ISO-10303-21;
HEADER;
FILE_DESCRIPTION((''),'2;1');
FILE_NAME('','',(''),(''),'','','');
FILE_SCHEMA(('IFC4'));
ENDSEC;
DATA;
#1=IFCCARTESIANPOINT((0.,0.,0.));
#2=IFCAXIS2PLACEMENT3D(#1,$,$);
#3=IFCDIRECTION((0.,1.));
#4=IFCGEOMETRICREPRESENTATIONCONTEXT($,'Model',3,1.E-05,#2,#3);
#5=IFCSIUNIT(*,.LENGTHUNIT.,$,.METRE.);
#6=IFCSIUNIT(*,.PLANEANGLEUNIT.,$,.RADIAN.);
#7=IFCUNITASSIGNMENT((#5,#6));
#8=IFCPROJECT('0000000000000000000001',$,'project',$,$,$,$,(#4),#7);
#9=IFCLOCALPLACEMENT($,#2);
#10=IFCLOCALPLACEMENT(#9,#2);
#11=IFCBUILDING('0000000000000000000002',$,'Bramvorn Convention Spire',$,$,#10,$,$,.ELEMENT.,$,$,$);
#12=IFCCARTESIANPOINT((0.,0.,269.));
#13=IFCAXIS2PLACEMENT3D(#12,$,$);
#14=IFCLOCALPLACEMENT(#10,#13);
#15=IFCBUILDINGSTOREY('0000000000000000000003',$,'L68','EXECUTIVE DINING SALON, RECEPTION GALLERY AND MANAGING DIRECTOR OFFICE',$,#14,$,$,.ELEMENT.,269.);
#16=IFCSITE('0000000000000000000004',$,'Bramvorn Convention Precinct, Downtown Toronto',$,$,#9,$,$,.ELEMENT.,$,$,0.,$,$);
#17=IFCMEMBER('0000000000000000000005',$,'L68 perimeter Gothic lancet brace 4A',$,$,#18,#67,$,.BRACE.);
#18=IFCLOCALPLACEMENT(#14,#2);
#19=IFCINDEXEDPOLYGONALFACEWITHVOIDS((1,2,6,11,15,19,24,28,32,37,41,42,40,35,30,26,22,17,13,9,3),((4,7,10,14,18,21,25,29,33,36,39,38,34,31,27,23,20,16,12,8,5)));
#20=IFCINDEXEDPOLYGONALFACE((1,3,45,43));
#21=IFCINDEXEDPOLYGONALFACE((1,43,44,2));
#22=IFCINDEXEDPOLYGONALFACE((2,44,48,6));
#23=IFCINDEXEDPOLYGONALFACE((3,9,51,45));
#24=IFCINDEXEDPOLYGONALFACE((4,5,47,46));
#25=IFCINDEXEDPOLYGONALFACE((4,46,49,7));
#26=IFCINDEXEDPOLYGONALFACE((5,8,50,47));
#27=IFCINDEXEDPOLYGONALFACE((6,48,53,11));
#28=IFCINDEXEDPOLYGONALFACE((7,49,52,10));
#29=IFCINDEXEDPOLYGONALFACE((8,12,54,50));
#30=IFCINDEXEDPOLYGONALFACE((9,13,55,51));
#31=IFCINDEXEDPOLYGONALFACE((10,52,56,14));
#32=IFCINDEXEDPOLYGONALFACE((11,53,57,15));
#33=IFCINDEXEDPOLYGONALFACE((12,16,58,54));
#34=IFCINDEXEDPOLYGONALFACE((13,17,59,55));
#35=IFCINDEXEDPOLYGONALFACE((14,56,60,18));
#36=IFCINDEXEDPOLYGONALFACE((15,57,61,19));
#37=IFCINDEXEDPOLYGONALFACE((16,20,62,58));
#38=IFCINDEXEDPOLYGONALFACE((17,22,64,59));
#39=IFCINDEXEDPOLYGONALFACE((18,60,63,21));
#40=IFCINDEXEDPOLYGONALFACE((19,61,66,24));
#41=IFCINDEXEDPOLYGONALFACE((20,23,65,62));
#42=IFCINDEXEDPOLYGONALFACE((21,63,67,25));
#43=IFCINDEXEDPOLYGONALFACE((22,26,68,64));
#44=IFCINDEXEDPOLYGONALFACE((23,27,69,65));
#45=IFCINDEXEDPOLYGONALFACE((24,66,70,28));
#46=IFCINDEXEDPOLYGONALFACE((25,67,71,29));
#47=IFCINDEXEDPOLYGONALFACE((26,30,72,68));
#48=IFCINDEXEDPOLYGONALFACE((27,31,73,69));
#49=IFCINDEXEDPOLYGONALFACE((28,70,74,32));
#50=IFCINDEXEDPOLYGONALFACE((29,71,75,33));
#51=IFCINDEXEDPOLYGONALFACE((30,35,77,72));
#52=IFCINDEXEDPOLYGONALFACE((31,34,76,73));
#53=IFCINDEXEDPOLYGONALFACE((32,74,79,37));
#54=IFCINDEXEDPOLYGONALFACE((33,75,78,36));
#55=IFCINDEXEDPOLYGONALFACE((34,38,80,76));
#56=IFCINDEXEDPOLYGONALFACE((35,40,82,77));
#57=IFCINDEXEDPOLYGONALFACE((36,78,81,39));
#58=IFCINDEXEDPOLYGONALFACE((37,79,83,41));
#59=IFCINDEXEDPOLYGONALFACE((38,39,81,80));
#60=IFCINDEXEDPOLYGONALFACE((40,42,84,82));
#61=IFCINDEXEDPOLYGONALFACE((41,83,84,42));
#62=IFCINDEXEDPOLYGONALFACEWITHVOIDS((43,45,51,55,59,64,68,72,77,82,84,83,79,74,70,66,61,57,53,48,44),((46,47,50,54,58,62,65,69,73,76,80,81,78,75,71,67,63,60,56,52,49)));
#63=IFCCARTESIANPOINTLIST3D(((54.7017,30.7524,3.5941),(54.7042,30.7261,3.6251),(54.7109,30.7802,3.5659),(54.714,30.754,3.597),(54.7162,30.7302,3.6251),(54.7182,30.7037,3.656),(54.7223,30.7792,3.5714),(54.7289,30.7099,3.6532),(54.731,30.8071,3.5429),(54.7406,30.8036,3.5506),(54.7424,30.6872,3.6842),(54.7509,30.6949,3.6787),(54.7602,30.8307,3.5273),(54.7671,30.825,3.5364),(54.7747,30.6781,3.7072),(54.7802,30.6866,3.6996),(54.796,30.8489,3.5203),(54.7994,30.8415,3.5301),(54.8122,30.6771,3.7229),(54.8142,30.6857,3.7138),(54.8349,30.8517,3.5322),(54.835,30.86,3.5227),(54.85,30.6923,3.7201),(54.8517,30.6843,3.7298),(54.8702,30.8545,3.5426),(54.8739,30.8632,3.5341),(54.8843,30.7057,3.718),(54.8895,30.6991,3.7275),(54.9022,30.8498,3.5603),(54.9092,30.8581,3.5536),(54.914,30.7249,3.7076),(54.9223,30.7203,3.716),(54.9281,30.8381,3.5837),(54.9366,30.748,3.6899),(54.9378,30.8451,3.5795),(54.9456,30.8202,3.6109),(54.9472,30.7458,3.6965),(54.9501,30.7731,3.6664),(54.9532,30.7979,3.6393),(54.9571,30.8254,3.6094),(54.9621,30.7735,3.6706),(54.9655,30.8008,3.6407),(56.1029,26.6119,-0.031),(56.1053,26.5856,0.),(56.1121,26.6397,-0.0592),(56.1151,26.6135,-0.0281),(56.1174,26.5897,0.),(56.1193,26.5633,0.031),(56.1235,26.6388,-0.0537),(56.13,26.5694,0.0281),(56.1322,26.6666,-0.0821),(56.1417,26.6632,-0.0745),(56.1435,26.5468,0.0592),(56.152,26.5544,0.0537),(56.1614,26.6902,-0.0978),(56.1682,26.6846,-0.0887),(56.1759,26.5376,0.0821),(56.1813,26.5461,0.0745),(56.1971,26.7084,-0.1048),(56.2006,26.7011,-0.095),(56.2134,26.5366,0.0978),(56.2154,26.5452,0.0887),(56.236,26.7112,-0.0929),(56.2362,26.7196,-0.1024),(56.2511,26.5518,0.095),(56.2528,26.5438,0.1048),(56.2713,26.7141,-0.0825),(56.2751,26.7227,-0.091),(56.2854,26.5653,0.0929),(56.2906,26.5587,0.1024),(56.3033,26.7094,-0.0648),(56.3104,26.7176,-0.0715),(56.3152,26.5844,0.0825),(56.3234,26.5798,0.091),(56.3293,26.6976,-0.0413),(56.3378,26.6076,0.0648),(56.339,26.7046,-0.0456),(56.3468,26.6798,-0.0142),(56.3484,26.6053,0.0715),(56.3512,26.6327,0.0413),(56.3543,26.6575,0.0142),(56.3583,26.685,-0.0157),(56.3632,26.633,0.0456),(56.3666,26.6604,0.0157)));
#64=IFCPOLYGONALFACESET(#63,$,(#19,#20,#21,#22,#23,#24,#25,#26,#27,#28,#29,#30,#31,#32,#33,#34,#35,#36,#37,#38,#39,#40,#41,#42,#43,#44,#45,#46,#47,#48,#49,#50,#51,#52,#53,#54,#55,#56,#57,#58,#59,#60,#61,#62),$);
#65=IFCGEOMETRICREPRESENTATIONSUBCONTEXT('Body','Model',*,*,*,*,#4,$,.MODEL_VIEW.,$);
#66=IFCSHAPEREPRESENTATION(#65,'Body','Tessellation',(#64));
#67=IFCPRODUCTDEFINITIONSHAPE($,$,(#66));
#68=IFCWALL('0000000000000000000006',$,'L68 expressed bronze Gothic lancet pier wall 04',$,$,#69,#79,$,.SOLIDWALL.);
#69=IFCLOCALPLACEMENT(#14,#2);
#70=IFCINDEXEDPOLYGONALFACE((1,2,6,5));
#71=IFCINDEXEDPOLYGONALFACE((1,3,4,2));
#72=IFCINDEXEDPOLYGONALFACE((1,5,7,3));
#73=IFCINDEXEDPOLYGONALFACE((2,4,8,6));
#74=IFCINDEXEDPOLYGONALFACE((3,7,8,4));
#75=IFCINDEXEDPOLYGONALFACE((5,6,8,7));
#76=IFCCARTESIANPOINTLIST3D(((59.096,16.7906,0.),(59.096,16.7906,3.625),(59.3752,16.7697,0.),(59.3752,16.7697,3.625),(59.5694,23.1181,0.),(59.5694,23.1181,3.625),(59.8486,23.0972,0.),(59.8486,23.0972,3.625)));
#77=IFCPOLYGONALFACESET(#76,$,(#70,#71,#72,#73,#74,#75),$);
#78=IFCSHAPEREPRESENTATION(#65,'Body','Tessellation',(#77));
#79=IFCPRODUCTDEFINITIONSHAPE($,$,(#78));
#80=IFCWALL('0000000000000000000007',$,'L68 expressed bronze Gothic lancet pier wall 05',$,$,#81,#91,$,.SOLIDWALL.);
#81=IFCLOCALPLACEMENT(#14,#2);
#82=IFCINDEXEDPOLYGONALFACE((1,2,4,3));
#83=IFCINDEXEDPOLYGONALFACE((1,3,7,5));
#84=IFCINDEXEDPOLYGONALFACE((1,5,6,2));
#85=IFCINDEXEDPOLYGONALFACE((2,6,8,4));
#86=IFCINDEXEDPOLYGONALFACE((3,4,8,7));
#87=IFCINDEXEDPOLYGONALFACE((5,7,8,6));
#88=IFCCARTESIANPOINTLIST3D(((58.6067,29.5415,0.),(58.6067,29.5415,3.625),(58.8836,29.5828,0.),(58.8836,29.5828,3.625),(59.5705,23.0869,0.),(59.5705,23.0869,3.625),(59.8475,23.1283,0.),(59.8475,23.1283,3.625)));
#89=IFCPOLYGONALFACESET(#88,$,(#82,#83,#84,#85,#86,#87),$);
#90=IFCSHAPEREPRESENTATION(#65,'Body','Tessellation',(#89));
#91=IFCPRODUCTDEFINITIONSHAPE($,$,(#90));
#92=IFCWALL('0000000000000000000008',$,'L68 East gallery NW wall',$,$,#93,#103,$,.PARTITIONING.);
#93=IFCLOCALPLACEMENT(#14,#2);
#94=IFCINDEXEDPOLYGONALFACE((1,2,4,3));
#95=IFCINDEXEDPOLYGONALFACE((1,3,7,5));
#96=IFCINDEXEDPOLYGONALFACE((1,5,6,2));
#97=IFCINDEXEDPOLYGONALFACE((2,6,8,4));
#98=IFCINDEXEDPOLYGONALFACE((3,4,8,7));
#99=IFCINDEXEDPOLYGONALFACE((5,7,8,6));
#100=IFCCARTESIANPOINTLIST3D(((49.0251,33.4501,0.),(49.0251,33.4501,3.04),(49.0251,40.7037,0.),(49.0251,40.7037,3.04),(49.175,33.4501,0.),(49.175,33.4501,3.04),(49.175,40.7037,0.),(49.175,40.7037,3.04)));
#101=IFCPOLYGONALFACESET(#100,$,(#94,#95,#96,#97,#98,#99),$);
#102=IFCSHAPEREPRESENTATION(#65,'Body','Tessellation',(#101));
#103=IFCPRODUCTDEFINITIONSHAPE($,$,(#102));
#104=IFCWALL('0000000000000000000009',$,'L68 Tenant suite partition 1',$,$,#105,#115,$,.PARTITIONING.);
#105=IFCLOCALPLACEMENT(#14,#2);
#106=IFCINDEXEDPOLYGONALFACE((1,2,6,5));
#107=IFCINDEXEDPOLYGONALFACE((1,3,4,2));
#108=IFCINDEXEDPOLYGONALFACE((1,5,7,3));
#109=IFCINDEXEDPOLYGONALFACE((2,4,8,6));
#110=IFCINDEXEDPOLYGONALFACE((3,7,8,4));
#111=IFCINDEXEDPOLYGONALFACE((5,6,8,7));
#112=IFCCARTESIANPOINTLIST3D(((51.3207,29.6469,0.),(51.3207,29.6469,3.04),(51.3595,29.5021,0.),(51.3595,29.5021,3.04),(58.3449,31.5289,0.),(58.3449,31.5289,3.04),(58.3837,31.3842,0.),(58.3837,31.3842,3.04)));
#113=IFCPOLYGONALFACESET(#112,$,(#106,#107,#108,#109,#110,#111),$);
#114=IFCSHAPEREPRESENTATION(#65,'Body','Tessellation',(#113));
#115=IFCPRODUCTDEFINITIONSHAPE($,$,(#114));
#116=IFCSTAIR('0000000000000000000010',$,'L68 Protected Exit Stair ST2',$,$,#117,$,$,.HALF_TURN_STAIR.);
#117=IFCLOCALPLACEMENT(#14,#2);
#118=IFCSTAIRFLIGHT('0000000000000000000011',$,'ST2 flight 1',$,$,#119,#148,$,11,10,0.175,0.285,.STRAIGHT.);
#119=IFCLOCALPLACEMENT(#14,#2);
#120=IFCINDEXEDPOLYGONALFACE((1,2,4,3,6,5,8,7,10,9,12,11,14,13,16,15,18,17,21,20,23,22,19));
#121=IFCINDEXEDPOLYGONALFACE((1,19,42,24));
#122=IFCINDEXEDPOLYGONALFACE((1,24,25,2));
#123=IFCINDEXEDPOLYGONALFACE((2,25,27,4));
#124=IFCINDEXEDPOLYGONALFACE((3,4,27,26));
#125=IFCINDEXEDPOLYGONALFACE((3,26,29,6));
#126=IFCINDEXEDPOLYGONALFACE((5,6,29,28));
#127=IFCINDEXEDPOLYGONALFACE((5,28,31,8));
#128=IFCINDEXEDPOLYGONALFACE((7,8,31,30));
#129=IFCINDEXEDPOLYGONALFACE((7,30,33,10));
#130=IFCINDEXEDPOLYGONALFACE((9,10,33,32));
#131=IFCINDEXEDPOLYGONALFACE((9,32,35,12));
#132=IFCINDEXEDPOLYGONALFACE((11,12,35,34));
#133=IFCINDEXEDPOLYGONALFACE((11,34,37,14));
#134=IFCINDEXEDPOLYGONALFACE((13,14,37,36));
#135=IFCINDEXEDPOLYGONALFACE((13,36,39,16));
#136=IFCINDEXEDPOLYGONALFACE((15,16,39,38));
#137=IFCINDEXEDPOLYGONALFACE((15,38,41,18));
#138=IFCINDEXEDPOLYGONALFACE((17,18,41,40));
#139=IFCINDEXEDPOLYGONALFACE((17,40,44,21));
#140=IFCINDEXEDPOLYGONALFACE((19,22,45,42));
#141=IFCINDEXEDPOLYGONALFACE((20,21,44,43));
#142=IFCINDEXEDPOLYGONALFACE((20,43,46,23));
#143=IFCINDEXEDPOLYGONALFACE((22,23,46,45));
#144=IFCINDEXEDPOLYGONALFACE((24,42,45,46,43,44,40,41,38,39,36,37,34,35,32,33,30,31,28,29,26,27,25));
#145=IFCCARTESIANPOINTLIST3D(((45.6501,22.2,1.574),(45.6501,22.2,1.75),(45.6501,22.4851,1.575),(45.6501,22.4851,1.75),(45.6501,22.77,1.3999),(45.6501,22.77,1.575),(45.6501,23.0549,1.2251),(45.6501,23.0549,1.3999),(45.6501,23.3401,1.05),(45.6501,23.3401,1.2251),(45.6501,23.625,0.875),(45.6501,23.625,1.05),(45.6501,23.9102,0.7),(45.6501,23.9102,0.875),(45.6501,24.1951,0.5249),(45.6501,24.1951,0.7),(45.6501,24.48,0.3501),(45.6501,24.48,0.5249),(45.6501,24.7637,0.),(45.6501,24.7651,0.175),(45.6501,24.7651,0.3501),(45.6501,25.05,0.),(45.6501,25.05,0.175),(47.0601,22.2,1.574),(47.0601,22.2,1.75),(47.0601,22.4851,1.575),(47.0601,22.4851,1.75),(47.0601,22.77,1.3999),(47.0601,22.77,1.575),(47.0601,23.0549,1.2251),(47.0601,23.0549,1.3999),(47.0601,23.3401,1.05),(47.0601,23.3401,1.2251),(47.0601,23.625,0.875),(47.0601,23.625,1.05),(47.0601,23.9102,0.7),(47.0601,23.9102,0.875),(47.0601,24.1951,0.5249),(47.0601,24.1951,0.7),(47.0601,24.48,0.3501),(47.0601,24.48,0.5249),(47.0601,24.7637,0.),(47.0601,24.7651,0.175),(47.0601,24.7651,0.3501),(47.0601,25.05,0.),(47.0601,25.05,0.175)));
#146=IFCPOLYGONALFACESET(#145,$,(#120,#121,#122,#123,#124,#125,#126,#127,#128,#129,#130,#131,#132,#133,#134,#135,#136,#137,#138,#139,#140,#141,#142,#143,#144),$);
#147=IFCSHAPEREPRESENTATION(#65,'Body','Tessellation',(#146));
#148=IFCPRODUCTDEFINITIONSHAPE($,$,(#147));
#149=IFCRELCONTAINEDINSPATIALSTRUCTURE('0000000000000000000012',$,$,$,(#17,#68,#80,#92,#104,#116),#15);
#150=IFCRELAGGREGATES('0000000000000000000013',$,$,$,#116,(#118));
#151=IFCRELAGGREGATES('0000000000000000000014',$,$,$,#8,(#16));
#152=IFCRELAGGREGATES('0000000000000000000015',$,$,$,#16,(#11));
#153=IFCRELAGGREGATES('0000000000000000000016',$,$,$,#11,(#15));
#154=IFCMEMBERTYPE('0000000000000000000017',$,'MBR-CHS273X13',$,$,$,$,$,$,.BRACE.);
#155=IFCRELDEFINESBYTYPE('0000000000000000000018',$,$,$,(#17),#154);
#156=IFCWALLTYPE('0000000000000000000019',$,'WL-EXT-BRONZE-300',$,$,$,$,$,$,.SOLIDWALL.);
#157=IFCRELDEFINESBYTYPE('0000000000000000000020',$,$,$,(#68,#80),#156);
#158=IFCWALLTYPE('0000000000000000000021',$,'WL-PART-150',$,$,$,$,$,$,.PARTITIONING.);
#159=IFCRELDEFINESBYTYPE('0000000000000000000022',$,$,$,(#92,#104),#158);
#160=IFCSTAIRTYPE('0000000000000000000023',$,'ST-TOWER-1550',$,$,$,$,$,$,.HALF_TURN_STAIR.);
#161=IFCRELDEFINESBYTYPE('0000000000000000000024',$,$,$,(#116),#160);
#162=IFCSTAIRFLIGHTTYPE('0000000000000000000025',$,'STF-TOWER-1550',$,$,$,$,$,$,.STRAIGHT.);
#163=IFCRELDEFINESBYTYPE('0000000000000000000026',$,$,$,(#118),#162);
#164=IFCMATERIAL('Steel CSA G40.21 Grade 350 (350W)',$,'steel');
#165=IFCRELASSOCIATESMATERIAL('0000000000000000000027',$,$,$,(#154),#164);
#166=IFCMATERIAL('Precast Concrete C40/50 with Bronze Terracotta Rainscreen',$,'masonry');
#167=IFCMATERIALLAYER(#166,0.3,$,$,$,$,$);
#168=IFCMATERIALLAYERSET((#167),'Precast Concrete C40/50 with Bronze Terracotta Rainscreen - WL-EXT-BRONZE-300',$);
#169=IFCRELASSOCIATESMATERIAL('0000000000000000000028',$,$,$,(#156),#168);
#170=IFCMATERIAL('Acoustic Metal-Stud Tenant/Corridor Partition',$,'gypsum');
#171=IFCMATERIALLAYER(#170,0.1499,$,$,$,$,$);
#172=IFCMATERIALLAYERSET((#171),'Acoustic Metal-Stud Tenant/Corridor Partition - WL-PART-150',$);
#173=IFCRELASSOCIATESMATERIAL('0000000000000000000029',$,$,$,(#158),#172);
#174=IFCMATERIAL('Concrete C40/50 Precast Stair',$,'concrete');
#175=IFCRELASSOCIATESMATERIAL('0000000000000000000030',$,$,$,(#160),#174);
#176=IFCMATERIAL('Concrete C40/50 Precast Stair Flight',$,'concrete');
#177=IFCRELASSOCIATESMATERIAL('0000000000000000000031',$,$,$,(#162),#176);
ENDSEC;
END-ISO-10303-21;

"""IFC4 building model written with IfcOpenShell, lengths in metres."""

from ifc_helpers import new_model, si_unit, direction, frame, frame_2d, origin, origin_2d, place, context, subcontext, project, spatial, polyline, rectangle, hollow_circle, outline, extrude, material, layer, layer_set, material_profile, profile_set, type_object, element, aggregate, save


model = new_model("IFC4")

# Units and contexts
model_context = context("Model", 3, precision=1e-05, world=origin(), true_north=direction((0.0, 1.0)))
body_context = subcontext(model_context, "Body", "Model", "MODEL_VIEW")
ifc_project = project(units=[si_unit("LENGTHUNIT", "METRE"), si_unit("PLANEANGLEUNIT", "RADIAN")], contexts=[model_context])

# Site, building, storey
site_placement = place(None, origin())
site = spatial("IfcSite", under=ifc_project, at=site_placement, Name="Bramvorn Convention Precinct, Downtown Toronto", CompositionType="ELEMENT", RefElevation=0.0)
building_placement = place(site_placement, origin())
building = spatial("IfcBuilding", under=site, at=building_placement, Name="Bramvorn Convention Spire", CompositionType="ELEMENT")
storey_placement = place(building_placement, frame((0.0, 0.0, 269.0)))
storey = spatial("IfcBuildingStorey", under=building, at=storey_placement, Name="L68", Description="EXECUTIVE DINING SALON, RECEPTION GALLERY AND MANAGING DIRECTOR OFFICE", CompositionType="ELEMENT", Elevation=269.0)

# Shared definitions
ifc_material_1 = material(Name="Steel CSA G40.21 Grade 350 (350W)", Category="steel")

# Member
ifc_material_profile_1 = material_profile(ifc_material_1, hollow_circle(Radius=0.1365, WallThickness=0.0127, at=origin_2d()))
ifc_profile_set_1 = profile_set([ifc_material_profile_1], Name="Steel CSA G40.21 Grade 350 (350W) - CHS273X13")
member_type = type_object("IfcMemberType", Name="MBR-CHS273X13", PredefinedType="BRACE", material=ifc_profile_set_1)
member_placement = place(storey_placement, frame((56.2346, 26.6294, 0.0), z_axis=(-0.246737, 0.72912, 0.638361), x_axis=(-0.947232, -0.320548, 0.0)))
element("IfcMember", 1, at=member_placement, inside=storey, type_object=member_type, Name="L68 perimeter Gothic lancet brace 4A", PredefinedType="BRACE", context=body_context, shape_type="SweptSolid", body=[
    extrude(hollow_circle(Radius=0.1365, WallThickness=0.0127, at=origin_2d()), origin(), (0.0, 0.0, 1.0), 5.6787),
])

# Walls
ifc_material_2 = material(Name="Precast Concrete C40/50 with Bronze Terracotta Rainscreen", Category="masonry")
ifc_layer_1 = layer(ifc_material_2, 0.3)
ifc_layer_set_1 = layer_set([ifc_layer_1], Name="Precast Concrete C40/50 with Bronze Terracotta Rainscreen - WL-EXT-BRONZE-300")
wall_type_1 = type_object("IfcWallType", Name="WL-EXT-BRONZE-300", PredefinedType="SOLIDWALL", material=ifc_layer_set_1)
wall_1_placement = place(storey_placement, frame((59.709, 23.1077, 0.0), z_axis=(0.0, 0.0, 1.0), x_axis=(-0.074604, -0.997213, 0.0)))
element("IfcWall", 2, at=wall_1_placement, inside=storey, type_object=wall_type_1, Name="L68 expressed bronze Gothic lancet pier wall 04", PredefinedType="SOLIDWALL", context=body_context, shape_type="SweptSolid", body=[
    extrude(rectangle(XDim=6.3452, YDim=0.28, at=frame_2d((3.1726, 0.0))), origin(), (0.0, 0.0, 1.0), 3.625),
])
wall_2_placement = place(storey_placement, frame((58.7451, 29.5623, 0.0), z_axis=(0.0, 0.0, 1.0), x_axis=(0.147693, -0.989033, 0.0)))
element("IfcWall", 3, at=wall_2_placement, inside=storey, type_object=wall_type_1, Name="L68 expressed bronze Gothic lancet pier wall 05", PredefinedType="SOLIDWALL", context=body_context, shape_type="SweptSolid", body=[
    extrude(rectangle(XDim=6.5261, YDim=0.28, at=frame_2d((3.2632, 0.0))), origin(), (0.0, 0.0, 1.0), 3.625),
])
ifc_material_3 = material(Name="Acoustic Metal-Stud Tenant/Corridor Partition", Category="gypsum")
ifc_layer_2 = layer(ifc_material_3, 0.1499)
ifc_layer_set_2 = layer_set([ifc_layer_2], Name="Acoustic Metal-Stud Tenant/Corridor Partition - WL-PART-150")
wall_type_2 = type_object("IfcWallType", Name="WL-PART-150", PredefinedType="PARTITIONING", material=ifc_layer_set_2)
wall_3_placement = place(storey_placement, frame((49.1001, 33.45, 0.0), z_axis=(0.0, 0.0, 1.0), x_axis=(0.0, 1.0, 0.0)))
element("IfcWall", 4, at=wall_3_placement, inside=storey, type_object=wall_type_2, Name="L68 East gallery NW wall", PredefinedType="PARTITIONING", context=body_context, shape_type="SweptSolid", body=[
    extrude(rectangle(XDim=7.2537, YDim=0.1499, at=frame_2d((3.627, 0.0))), origin(), (0.0, 0.0, 1.0), 3.04),
])
wall_4_placement = place(storey_placement, frame((51.3401, 29.5745, 0.0), z_axis=(0.0, 0.0, 1.0), x_axis=(0.965927, 0.258814, 0.0)))
element("IfcWall", 5, at=wall_4_placement, inside=storey, type_object=wall_type_2, Name="L68 Tenant suite partition 1", PredefinedType="PARTITIONING", context=body_context, shape_type="SweptSolid", body=[
    extrude(rectangle(XDim=7.272, YDim=0.1499, at=frame_2d((3.636, 0.0))), origin(), (0.0, 0.0, 1.0), 3.04),
])

# Stair, stair flight
ifc_material_4 = material(Name="Concrete C40/50 Precast Stair", Category="concrete")
stair_type = type_object("IfcStairType", Name="ST-TOWER-1550", PredefinedType="HALF_TURN_STAIR", material=ifc_material_4)
stair_placement = place(storey_placement, origin())
stair = element("IfcStair", 6, at=stair_placement, inside=storey, type_object=stair_type, Name="L68 Protected Exit Stair ST2", PredefinedType="HALF_TURN_STAIR")
ifc_material_5 = material(Name="Concrete C40/50 Precast Stair Flight", Category="concrete")
stair_flight_type = type_object("IfcStairFlightType", Name="STF-TOWER-1550", PredefinedType="STRAIGHT", material=ifc_material_5)
stair_flight_placement = place(storey_placement, frame((46.355, 25.05, 0.0), z_axis=(0.0, 0.0, 1.0), x_axis=(0.0, -1.0, 0.0)))
stair_flight = element("IfcStairFlight", 7, at=stair_flight_placement, type_object=stair_flight_type, Name="ST2 flight 1", NumberOfRisers=11, NumberOfTreads=10, PredefinedType="STRAIGHT", RiserHeight=0.175, TreadLength=0.285, context=body_context, shape_type="SweptSolid", body=[
    extrude(outline(polyline([(0.0, 0.0), (0.0, 0.175), (0.2849, 0.175), (0.2849, 0.3501), (0.5701, 0.3501), (0.5701, 0.5249), (0.855, 0.5249), (0.855, 0.7), (1.1399, 0.7), (1.1399, 0.875), (1.425, 0.875), (1.425, 1.05), (1.71, 1.05), (1.71, 1.2251), (1.9951, 1.2251), (1.9951, 1.3999), (2.28, 1.3999), (2.28, 1.575), (2.5649, 1.575), (2.5649, 1.75), (2.8501, 1.75), (2.8501, 1.925), (2.8501, 1.574), (0.2864, 0.0), (0.0, 0.0)])), frame((0.0, 0.7051, 0.0), z_axis=(0.0, -1.0, 0.0), x_axis=(1.0, 0.0, 0.0)), (0.0, 0.0, 1.0), 1.4099),
])
aggregate(stair, [stair_flight])

save(model, "model.ifc")
